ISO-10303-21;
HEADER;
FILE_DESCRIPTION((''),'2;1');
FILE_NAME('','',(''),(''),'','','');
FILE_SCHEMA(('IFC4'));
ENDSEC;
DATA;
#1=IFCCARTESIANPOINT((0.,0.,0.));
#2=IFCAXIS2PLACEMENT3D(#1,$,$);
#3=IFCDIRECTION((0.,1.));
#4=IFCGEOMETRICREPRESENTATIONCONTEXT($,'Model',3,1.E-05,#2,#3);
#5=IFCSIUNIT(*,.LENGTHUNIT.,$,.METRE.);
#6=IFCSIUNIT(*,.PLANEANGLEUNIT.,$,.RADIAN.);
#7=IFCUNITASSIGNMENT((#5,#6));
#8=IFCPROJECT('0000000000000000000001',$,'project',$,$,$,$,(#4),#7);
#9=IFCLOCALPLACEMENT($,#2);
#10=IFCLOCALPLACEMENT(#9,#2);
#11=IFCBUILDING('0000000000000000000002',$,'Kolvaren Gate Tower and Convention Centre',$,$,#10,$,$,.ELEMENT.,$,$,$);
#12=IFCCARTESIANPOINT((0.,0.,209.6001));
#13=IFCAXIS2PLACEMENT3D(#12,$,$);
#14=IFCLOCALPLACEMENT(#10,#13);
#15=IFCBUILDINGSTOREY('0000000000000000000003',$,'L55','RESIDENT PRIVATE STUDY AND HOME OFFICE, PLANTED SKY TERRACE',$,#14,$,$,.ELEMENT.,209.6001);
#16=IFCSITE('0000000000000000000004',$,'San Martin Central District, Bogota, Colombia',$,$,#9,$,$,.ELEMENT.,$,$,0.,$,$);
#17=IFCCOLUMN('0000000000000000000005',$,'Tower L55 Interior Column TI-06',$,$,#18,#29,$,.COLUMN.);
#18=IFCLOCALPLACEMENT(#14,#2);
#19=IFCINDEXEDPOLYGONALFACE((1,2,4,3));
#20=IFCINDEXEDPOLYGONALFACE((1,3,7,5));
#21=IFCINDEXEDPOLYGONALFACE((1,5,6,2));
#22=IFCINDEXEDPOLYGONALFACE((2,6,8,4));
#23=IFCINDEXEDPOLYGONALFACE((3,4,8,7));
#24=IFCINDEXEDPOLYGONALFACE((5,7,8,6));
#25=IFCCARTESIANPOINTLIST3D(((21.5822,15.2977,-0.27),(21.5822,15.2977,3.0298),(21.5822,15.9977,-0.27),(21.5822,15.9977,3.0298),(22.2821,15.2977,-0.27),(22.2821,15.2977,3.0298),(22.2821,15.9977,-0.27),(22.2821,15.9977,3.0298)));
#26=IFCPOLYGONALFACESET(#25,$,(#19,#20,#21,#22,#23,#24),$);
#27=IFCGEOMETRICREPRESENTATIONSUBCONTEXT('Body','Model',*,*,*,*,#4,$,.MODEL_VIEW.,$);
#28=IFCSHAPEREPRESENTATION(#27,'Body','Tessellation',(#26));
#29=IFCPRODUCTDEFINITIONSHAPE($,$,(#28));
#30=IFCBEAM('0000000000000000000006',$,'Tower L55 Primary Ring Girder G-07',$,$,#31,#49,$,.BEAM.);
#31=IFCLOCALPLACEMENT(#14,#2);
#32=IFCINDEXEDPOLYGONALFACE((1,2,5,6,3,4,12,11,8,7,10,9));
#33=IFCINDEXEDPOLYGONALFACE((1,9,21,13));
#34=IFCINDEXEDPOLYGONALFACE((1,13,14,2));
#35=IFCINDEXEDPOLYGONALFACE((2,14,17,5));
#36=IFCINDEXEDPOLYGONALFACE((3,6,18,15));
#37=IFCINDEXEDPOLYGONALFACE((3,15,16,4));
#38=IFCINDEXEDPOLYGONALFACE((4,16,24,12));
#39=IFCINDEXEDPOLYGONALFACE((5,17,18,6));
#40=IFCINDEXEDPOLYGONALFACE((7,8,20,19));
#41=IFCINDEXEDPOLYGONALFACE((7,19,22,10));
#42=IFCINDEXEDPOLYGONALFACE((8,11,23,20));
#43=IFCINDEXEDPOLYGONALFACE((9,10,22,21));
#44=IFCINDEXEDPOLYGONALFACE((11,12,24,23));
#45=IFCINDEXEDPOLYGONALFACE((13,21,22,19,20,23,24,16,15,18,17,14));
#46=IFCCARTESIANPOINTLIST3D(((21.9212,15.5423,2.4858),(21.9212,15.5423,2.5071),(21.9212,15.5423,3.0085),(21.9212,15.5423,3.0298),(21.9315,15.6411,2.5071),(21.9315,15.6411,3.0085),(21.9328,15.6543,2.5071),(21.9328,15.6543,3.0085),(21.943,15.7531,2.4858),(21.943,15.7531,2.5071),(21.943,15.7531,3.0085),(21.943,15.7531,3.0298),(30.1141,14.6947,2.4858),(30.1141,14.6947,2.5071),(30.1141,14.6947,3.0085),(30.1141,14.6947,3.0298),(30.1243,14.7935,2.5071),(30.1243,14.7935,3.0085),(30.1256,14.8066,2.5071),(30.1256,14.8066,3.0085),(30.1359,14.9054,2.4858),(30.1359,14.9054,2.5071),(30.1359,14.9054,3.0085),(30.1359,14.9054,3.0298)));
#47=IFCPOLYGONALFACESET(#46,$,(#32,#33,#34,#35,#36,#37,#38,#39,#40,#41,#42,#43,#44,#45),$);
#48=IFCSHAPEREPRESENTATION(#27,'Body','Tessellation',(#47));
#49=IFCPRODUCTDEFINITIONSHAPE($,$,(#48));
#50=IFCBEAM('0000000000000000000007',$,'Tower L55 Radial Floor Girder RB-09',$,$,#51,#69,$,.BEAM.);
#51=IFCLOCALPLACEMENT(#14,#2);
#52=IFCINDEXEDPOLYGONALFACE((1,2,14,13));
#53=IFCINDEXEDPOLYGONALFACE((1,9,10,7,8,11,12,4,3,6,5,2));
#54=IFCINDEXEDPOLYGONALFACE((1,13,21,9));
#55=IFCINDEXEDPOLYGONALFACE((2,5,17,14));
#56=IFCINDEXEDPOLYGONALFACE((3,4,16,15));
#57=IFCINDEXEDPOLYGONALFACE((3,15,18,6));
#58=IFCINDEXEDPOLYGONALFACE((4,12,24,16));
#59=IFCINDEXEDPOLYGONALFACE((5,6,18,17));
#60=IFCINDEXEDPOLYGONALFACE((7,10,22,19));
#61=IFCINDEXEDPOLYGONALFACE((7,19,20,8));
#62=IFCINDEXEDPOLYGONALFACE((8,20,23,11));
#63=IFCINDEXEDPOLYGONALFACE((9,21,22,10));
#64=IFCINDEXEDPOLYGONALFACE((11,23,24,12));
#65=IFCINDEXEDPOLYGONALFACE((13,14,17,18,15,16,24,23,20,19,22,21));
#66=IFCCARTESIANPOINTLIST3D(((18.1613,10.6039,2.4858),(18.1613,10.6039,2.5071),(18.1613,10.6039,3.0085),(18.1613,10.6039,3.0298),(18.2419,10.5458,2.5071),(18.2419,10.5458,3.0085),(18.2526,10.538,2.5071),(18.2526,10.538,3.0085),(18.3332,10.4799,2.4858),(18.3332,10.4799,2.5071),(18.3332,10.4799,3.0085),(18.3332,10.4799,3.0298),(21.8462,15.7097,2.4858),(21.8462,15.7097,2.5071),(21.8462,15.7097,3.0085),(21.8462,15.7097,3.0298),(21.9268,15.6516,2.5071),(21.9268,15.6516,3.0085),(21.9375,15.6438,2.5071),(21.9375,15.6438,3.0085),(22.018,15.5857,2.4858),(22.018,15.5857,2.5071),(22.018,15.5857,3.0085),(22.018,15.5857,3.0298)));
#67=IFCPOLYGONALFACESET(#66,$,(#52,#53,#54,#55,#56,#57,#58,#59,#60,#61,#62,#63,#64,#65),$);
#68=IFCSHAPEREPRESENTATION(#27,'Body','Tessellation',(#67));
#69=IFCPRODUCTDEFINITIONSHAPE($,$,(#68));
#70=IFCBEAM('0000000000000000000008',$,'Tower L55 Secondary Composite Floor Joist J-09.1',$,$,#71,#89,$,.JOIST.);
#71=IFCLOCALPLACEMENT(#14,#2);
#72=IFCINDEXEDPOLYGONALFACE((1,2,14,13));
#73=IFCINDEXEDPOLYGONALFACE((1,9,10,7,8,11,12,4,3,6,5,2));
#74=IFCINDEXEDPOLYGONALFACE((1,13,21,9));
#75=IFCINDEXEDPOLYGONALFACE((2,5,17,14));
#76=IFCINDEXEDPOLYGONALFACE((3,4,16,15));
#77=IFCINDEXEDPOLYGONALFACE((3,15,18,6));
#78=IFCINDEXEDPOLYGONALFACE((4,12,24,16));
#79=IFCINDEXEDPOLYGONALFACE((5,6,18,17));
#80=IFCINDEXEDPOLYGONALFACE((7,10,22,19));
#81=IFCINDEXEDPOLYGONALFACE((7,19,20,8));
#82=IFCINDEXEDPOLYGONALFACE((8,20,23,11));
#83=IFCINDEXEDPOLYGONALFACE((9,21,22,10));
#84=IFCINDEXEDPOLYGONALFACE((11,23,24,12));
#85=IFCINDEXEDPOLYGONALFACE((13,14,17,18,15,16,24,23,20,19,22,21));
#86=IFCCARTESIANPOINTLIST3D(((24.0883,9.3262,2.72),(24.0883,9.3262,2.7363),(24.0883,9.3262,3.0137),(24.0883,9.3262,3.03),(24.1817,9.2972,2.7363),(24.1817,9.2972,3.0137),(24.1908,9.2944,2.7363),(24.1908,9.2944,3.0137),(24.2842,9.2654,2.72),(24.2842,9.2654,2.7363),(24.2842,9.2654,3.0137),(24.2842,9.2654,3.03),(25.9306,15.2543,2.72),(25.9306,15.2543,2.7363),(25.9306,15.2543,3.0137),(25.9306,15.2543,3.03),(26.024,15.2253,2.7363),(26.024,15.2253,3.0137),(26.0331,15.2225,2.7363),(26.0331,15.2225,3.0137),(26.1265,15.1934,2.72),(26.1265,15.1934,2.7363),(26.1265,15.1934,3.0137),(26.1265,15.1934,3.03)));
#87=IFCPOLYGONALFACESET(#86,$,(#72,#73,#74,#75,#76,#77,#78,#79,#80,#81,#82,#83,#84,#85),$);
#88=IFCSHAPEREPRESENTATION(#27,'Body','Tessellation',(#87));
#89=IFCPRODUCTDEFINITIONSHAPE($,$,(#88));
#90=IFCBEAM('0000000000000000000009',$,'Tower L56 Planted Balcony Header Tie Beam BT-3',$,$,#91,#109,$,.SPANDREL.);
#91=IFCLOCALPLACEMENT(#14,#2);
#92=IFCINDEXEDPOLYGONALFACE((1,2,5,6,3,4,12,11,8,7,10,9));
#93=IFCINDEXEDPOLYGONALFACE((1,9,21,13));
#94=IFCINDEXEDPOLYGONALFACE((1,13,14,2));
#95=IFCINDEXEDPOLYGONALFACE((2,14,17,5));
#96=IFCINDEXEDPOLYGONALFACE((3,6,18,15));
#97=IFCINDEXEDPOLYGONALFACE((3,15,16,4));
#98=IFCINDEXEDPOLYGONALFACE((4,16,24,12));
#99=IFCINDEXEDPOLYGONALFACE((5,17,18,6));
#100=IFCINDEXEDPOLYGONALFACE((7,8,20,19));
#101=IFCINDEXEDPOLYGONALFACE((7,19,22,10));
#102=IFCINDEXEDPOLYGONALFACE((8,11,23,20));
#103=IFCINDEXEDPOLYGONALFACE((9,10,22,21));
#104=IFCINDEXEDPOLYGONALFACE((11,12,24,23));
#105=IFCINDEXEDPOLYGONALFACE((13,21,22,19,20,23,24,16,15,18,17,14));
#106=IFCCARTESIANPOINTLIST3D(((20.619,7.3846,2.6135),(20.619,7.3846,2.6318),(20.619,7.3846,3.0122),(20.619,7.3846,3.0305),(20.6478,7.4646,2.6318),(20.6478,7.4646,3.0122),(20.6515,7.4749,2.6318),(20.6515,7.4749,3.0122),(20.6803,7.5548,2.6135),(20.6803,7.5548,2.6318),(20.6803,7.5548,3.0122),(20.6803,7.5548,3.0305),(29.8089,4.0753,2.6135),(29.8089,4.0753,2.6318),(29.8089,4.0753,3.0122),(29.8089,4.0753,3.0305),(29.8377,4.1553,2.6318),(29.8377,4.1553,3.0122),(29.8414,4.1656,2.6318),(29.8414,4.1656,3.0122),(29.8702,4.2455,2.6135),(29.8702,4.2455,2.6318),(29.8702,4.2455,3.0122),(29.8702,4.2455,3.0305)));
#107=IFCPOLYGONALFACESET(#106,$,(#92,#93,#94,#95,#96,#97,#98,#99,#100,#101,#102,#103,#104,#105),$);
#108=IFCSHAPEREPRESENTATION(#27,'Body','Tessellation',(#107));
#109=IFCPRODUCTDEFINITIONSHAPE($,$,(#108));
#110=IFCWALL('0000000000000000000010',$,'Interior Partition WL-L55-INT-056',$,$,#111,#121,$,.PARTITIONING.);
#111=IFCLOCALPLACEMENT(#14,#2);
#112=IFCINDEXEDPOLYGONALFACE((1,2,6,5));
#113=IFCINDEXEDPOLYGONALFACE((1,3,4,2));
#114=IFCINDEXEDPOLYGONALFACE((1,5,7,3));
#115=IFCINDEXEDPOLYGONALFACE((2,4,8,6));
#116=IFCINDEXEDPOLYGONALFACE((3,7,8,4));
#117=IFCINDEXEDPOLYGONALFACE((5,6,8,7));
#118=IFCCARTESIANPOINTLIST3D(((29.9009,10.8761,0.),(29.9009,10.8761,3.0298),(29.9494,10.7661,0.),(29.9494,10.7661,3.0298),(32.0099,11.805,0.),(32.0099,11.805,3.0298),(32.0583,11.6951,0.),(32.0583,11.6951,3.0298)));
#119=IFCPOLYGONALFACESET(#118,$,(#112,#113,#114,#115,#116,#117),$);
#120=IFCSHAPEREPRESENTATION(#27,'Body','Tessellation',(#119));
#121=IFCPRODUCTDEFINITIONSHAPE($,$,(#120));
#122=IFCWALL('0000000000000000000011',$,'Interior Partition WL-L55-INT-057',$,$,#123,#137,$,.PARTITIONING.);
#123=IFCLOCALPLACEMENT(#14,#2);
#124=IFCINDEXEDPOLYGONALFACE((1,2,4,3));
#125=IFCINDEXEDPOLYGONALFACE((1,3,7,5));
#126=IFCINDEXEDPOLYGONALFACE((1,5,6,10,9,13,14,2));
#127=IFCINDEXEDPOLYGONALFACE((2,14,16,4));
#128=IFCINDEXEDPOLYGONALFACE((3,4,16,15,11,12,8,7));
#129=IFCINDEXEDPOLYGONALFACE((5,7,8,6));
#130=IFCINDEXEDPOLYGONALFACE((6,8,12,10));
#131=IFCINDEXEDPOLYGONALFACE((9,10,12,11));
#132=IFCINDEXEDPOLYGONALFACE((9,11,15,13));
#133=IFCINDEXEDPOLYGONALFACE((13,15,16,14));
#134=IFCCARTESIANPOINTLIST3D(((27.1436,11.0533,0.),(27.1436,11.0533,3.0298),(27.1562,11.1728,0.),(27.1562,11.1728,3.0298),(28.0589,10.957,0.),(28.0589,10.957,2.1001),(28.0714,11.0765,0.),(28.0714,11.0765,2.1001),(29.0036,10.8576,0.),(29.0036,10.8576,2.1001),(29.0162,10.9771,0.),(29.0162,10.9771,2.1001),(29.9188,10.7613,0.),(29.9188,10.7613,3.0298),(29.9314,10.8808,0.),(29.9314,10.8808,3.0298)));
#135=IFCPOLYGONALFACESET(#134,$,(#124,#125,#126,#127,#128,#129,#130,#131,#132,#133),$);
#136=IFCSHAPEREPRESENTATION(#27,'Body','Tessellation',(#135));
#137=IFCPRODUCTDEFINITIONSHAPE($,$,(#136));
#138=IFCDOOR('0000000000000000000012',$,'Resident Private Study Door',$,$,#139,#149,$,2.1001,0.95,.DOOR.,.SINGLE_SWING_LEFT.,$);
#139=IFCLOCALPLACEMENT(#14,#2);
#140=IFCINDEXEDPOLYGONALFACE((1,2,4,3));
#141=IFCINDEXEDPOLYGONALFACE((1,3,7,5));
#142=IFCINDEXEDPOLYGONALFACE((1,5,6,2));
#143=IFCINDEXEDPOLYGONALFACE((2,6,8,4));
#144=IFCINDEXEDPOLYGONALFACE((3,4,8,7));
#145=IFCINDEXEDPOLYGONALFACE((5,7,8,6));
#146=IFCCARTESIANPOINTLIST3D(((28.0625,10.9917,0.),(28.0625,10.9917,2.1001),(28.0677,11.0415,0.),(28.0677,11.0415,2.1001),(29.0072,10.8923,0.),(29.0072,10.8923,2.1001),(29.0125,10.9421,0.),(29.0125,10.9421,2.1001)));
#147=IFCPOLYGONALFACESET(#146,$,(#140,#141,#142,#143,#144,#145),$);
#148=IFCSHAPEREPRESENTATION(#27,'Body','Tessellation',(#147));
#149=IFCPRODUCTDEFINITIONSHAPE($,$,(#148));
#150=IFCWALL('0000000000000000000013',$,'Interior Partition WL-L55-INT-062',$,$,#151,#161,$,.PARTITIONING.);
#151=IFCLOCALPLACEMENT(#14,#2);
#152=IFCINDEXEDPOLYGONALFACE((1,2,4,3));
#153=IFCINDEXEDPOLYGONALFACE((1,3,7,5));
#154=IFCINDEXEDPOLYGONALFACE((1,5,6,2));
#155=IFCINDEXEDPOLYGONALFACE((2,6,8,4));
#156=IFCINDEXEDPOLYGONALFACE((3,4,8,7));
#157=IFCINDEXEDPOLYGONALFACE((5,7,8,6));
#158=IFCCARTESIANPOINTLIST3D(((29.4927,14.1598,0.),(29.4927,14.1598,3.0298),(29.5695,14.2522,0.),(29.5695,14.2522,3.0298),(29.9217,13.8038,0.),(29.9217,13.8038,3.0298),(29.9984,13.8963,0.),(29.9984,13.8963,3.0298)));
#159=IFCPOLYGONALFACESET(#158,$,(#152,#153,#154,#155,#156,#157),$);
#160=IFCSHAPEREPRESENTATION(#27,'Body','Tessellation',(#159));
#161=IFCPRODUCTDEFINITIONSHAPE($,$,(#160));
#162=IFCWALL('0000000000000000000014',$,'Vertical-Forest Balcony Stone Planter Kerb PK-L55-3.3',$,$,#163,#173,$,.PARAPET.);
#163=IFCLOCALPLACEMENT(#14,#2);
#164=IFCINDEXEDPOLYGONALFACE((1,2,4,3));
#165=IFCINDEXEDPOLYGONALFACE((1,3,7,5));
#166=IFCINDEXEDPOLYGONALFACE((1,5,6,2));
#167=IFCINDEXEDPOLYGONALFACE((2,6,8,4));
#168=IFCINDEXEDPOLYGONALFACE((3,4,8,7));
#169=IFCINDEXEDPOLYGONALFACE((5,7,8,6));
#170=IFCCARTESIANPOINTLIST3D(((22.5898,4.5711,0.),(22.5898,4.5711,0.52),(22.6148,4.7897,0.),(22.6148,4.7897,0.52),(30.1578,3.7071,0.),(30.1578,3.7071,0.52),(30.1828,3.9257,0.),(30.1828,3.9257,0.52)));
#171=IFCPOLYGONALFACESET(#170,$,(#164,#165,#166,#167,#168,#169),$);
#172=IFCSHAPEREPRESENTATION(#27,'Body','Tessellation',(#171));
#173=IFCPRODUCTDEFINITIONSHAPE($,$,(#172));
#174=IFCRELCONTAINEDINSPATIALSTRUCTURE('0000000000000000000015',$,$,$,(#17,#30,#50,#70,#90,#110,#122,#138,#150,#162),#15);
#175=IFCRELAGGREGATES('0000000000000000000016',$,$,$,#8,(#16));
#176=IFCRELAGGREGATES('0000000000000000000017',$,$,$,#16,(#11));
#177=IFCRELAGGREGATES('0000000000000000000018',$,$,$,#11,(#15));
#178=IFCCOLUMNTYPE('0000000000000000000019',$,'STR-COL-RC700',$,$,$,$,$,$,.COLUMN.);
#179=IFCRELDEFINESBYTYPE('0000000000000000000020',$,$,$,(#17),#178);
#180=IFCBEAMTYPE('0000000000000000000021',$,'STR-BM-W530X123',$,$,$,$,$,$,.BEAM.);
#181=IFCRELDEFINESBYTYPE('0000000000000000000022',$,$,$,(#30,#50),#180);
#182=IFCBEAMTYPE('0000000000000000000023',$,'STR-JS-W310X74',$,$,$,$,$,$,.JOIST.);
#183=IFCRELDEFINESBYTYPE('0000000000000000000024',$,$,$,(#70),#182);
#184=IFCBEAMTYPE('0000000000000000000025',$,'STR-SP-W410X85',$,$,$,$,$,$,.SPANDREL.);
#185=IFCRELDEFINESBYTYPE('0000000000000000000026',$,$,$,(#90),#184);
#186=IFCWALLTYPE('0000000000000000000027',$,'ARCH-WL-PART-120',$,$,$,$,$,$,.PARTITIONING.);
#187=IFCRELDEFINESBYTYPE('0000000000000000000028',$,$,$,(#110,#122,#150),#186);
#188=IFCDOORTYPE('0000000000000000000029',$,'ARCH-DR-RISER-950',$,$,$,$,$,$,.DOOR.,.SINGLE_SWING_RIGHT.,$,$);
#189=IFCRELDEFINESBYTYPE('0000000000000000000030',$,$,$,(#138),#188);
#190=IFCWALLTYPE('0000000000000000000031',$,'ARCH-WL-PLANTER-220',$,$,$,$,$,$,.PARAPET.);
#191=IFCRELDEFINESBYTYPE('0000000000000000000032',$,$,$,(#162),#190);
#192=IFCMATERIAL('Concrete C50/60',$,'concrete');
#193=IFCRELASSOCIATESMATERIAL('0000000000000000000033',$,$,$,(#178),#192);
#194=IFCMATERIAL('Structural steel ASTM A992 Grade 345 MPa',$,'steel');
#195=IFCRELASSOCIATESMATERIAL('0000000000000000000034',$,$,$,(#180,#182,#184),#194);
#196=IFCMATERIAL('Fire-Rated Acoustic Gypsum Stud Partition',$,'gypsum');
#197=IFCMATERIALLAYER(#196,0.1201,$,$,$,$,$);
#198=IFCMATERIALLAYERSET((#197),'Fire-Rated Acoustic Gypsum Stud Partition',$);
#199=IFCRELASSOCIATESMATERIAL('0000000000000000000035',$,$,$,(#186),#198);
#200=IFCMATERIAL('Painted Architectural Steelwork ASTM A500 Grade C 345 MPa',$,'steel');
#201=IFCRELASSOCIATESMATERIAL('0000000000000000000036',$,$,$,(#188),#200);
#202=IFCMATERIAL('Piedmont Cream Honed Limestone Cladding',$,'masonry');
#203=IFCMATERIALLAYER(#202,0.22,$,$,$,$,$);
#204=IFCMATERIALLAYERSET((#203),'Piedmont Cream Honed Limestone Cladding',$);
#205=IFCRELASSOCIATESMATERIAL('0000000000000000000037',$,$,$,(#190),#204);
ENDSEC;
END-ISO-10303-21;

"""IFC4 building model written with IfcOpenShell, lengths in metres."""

from ifc_helpers import new_model, si_unit, direction, frame, frame_2d, origin, origin_2d, place, context, subcontext, project, spatial, rectangle, i_section, extrude, material, layer, layer_set, material_profile, profile_set, type_object, element, fill, save


model = new_model("IFC4")

# Units and contexts
model_context = context("Model", 3, precision=1e-05, world=origin(), true_north=direction((0.0, 1.0)))
body_context = subcontext(model_context, "Body", "Model", "MODEL_VIEW")
ifc_project = project(units=[si_unit("LENGTHUNIT", "METRE"), si_unit("PLANEANGLEUNIT", "RADIAN")], contexts=[model_context])

# Site, building, storey
site_placement = place(None, origin())
site = spatial("IfcSite", under=ifc_project, at=site_placement, Name="San Martin Central District, Bogota, Colombia", CompositionType="ELEMENT", RefElevation=0.0)
building_placement = place(site_placement, origin())
building = spatial("IfcBuilding", under=site, at=building_placement, Name="Kolvaren Gate Tower and Convention Centre", CompositionType="ELEMENT")
storey_placement = place(building_placement, frame((0.0, 0.0, 209.6001)))
storey = spatial("IfcBuildingStorey", under=building, at=storey_placement, Name="L55", Description="RESIDENT PRIVATE STUDY AND HOME OFFICE, PLANTED SKY TERRACE", CompositionType="ELEMENT", Elevation=209.6001)

# Column
ifc_material_1 = material(Name="Concrete C50/60", Category="concrete")
ifc_material_profile_1 = material_profile(ifc_material_1, rectangle(XDim=0.7, YDim=0.7, at=origin_2d()), Name="RC-COL-700X700")
ifc_profile_set_1 = profile_set([ifc_material_profile_1], Name="Concrete C50/60")
column_type = type_object("IfcColumnType", Name="STR-COL-RC700", PredefinedType="COLUMN", material=ifc_profile_set_1)
column_placement = place(storey_placement, frame((21.9321, 15.6477, -0.27), z_axis=(0.0, 0.0, 1.0), x_axis=(1.0, 0.0, 0.0)))
element("IfcColumn", 1, at=column_placement, inside=storey, type_object=column_type, Name="Tower L55 Interior Column TI-06", PredefinedType="COLUMN", context=body_context, shape_type="SweptSolid", body=[
    extrude(rectangle(XDim=0.7, YDim=0.7, at=origin_2d()), origin(), (0.0, 0.0, 1.0), 3.2998),
])

# Beams
ifc_material_2 = material(Name="Structural steel ASTM A992 Grade 345 MPa", Category="steel")
ifc_material_profile_2 = material_profile(ifc_material_2, i_section(OverallWidth=0.2119, OverallDepth=0.5439, WebThickness=0.0132, FlangeThickness=0.0212, at=origin_2d()), Name="W530X123")
ifc_profile_set_2 = profile_set([ifc_material_profile_2], Name="Structural steel ASTM A992 Grade 345 MPa")
beam_type_1 = type_object("IfcBeamType", Name="STR-BM-W530X123", PredefinedType="BEAM", material=ifc_profile_set_2)
beam_1_placement = place(storey_placement, frame((21.9321, 15.6477, 2.7578), z_axis=(0.99469, -0.102913, 0.0), x_axis=(0.102913, 0.99469, 0.0)))
element("IfcBeam", 2, at=beam_1_placement, inside=storey, type_object=beam_type_1, Name="Tower L55 Primary Ring Girder G-07", PredefinedType="BEAM", context=body_context, shape_type="SweptSolid", body=[
    extrude(i_section(OverallWidth=0.2119, OverallDepth=0.5439, WebThickness=0.0132, FlangeThickness=0.0212, at=origin_2d()), origin(), (0.0, 0.0, 1.0), 8.2366),
])
beam_2_placement = place(storey_placement, frame((21.9321, 15.6477, 2.7578), z_axis=(-0.585214, -0.810879, 0.0), x_axis=(0.810879, -0.585214, 0.0)))
element("IfcBeam", 3, at=beam_2_placement, inside=storey, type_object=beam_type_1, Name="Tower L55 Radial Floor Girder RB-09", PredefinedType="BEAM", context=body_context, shape_type="SweptSolid", body=[
    extrude(i_section(OverallWidth=0.2119, OverallDepth=0.5439, WebThickness=0.0132, FlangeThickness=0.0212, at=origin_2d()), origin(), (0.0, 0.0, 1.0), 6.2966),
])
ifc_material_profile_3 = material_profile(ifc_material_2, i_section(OverallWidth=0.2051, OverallDepth=0.3101, WebThickness=0.0095, FlangeThickness=0.0164, at=origin_2d()), Name="W310X74")
ifc_profile_set_3 = profile_set([ifc_material_profile_3], Name="Structural steel ASTM A992 Grade 345 MPa")
beam_type_2 = type_object("IfcBeamType", Name="STR-JS-W310X74", PredefinedType="JOIST", material=ifc_profile_set_3)
beam_3_placement = place(storey_placement, frame((26.0286, 15.2239, 2.875), z_axis=(-0.296776, -0.954947, 0.0), x_axis=(0.954947, -0.296776, 0.0)))
element("IfcBeam", 4, at=beam_3_placement, inside=storey, type_object=beam_type_2, Name="Tower L55 Secondary Composite Floor Joist J-09.1", PredefinedType="JOIST", context=body_context, shape_type="SweptSolid", body=[
    extrude(i_section(OverallWidth=0.2051, OverallDepth=0.3101, WebThickness=0.0095, FlangeThickness=0.0164, at=origin_2d()), origin(), (0.0, 0.0, 1.0), 6.2078),
])
ifc_material_profile_4 = material_profile(ifc_material_2, i_section(OverallWidth=0.1809, OverallDepth=0.417, WebThickness=0.011, FlangeThickness=0.0183, at=origin_2d()), Name="W410X85")
ifc_profile_set_4 = profile_set([ifc_material_profile_4], Name="Structural steel ASTM A992 Grade 345 MPa")
beam_type_3 = type_object("IfcBeamType", Name="STR-SP-W410X85", PredefinedType="SPANDREL", material=ifc_profile_set_4)
beam_4_placement = place(storey_placement, frame((20.6497, 7.4697, 2.822), z_axis=(0.940857, -0.338805, 0.0), x_axis=(0.338805, 0.940857, 0.0)))
element("IfcBeam", 5, at=beam_4_placement, inside=storey, type_object=beam_type_3, Name="Tower L56 Planted Balcony Header Tie Beam BT-3", PredefinedType="SPANDREL", context=body_context, shape_type="SweptSolid", body=[
    extrude(i_section(OverallWidth=0.1809, OverallDepth=0.417, WebThickness=0.011, FlangeThickness=0.0183, at=origin_2d()), origin(), (0.0, 0.0, 1.0), 9.7676),
])

# Wall
ifc_material_3 = material(Name="Fire-Rated Acoustic Gypsum Stud Partition", Category="gypsum")
ifc_layer_1 = layer(ifc_material_3, 0.1201)
ifc_layer_set_1 = layer_set([ifc_layer_1], Name="Fire-Rated Acoustic Gypsum Stud Partition")
wall_type_1 = type_object("IfcWallType", Name="ARCH-WL-PART-120", PredefinedType="PARTITIONING", material=ifc_layer_set_1)
wall_1_placement = place(storey_placement, frame((29.925, 10.821, 0.0), z_axis=(0.0, 0.0, 1.0), x_axis=(0.915148, 0.403118, 0.0)))
element("IfcWall", 6, at=wall_1_placement, inside=storey, type_object=wall_type_1, Name="Interior Partition WL-L55-INT-056", PredefinedType="PARTITIONING", context=body_context, shape_type="SweptSolid", body=[
    extrude(rectangle(XDim=2.3044, YDim=0.1201, at=frame_2d((1.1523, 0.0))), origin(), (0.0, 0.0, 1.0), 3.0298),
])

# Wall, opening, door
wall_2_placement = place(storey_placement, frame((27.1499, 11.113, 0.0), z_axis=(0.0, 0.0, 1.0), x_axis=(0.99451, -0.104639, 0.0)))
wall_2 = element("IfcWall", 7, at=wall_2_placement, inside=storey, type_object=wall_type_1, Name="Interior Partition WL-L55-INT-057", PredefinedType="PARTITIONING", context=body_context, shape_type="SweptSolid", body=[
    extrude(rectangle(XDim=2.7905, YDim=0.1201, at=frame_2d((1.3953, 0.0))), origin(), (0.0, 0.0, 1.0), 3.0298),
])
opening_1_placement = place(wall_2_placement, frame((0.9202, 0.0, 0.0)))
opening_1 = element("IfcOpeningElement", 8, at=opening_1_placement, cuts=wall_2, PredefinedType="OPENING", context=body_context, shape_type="SweptSolid", body=[
    extrude(rectangle(XDim=0.95, YDim=2.1001, at=frame_2d((0.4751, 1.05))), frame((0.0, 0.0701, 0.0), z_axis=(0.0, -1.0, 0.0), x_axis=(1.0, 0.0, 0.0)), (0.0, 0.0, 1.0), 0.1401),
])
ifc_material_4 = material(Name="Painted Architectural Steelwork ASTM A500 Grade C 345 MPa", Category="steel")
door_type = type_object("IfcDoorType", Name="ARCH-DR-RISER-950", OperationType="SINGLE_SWING_RIGHT", PredefinedType="DOOR", material=ifc_material_4)
door_1_placement = place(opening_1_placement, origin())
door_1 = element("IfcDoor", 9, at=door_1_placement, inside=storey, type_object=door_type, Name="Resident Private Study Door", OperationType="SINGLE_SWING_LEFT", OverallHeight=2.1001, OverallWidth=0.95, PredefinedType="DOOR", context=body_context, shape_type="SweptSolid", body=[
    extrude(rectangle(XDim=0.95, YDim=2.1001, at=frame_2d((0.4751, 1.05))), frame((0.0, 0.0249, 0.0), z_axis=(0.0, -1.0, 0.0), x_axis=(1.0, 0.0, 0.0)), (0.0, 0.0, 1.0), 0.05),
])
fill(opening_1, door_1)

# Walls
wall_3_placement = place(storey_placement, frame((29.531, 14.2061, 0.0), z_axis=(0.0, 0.0, 1.0), x_axis=(0.769548, -0.638589, 0.0)))
element("IfcWall", 10, at=wall_3_placement, inside=storey, type_object=wall_type_1, Name="Interior Partition WL-L55-INT-062", PredefinedType="PARTITIONING", context=body_context, shape_type="SweptSolid", body=[
    extrude(rectangle(XDim=0.5574, YDim=0.1201, at=frame_2d((0.2788, 0.0))), origin(), (0.0, 0.0, 1.0), 3.0298),
])
ifc_material_5 = material(Name="Piedmont Cream Honed Limestone Cladding", Category="masonry")
ifc_layer_2 = layer(ifc_material_5, 0.22)
ifc_layer_set_2 = layer_set([ifc_layer_2], Name="Piedmont Cream Honed Limestone Cladding")
wall_type_2 = type_object("IfcWallType", Name="ARCH-WL-PLANTER-220", PredefinedType="PARAPET", material=ifc_layer_set_2)
wall_4_placement = place(storey_placement, frame((22.6023, 4.6804, 0.0), z_axis=(0.0, 0.0, 1.0), x_axis=(0.993546, -0.113428, 0.0)))
element("IfcWall", 11, at=wall_4_placement, inside=storey, type_object=wall_type_2, Name="Vertical-Forest Balcony Stone Planter Kerb PK-L55-3.3", PredefinedType="PARAPET", context=body_context, shape_type="SweptSolid", body=[
    extrude(rectangle(XDim=7.6172, YDim=0.22, at=frame_2d((3.8086, 0.0))), origin(), (0.0, 0.0, 1.0), 0.52),
])

save(model, "model.ifc")
